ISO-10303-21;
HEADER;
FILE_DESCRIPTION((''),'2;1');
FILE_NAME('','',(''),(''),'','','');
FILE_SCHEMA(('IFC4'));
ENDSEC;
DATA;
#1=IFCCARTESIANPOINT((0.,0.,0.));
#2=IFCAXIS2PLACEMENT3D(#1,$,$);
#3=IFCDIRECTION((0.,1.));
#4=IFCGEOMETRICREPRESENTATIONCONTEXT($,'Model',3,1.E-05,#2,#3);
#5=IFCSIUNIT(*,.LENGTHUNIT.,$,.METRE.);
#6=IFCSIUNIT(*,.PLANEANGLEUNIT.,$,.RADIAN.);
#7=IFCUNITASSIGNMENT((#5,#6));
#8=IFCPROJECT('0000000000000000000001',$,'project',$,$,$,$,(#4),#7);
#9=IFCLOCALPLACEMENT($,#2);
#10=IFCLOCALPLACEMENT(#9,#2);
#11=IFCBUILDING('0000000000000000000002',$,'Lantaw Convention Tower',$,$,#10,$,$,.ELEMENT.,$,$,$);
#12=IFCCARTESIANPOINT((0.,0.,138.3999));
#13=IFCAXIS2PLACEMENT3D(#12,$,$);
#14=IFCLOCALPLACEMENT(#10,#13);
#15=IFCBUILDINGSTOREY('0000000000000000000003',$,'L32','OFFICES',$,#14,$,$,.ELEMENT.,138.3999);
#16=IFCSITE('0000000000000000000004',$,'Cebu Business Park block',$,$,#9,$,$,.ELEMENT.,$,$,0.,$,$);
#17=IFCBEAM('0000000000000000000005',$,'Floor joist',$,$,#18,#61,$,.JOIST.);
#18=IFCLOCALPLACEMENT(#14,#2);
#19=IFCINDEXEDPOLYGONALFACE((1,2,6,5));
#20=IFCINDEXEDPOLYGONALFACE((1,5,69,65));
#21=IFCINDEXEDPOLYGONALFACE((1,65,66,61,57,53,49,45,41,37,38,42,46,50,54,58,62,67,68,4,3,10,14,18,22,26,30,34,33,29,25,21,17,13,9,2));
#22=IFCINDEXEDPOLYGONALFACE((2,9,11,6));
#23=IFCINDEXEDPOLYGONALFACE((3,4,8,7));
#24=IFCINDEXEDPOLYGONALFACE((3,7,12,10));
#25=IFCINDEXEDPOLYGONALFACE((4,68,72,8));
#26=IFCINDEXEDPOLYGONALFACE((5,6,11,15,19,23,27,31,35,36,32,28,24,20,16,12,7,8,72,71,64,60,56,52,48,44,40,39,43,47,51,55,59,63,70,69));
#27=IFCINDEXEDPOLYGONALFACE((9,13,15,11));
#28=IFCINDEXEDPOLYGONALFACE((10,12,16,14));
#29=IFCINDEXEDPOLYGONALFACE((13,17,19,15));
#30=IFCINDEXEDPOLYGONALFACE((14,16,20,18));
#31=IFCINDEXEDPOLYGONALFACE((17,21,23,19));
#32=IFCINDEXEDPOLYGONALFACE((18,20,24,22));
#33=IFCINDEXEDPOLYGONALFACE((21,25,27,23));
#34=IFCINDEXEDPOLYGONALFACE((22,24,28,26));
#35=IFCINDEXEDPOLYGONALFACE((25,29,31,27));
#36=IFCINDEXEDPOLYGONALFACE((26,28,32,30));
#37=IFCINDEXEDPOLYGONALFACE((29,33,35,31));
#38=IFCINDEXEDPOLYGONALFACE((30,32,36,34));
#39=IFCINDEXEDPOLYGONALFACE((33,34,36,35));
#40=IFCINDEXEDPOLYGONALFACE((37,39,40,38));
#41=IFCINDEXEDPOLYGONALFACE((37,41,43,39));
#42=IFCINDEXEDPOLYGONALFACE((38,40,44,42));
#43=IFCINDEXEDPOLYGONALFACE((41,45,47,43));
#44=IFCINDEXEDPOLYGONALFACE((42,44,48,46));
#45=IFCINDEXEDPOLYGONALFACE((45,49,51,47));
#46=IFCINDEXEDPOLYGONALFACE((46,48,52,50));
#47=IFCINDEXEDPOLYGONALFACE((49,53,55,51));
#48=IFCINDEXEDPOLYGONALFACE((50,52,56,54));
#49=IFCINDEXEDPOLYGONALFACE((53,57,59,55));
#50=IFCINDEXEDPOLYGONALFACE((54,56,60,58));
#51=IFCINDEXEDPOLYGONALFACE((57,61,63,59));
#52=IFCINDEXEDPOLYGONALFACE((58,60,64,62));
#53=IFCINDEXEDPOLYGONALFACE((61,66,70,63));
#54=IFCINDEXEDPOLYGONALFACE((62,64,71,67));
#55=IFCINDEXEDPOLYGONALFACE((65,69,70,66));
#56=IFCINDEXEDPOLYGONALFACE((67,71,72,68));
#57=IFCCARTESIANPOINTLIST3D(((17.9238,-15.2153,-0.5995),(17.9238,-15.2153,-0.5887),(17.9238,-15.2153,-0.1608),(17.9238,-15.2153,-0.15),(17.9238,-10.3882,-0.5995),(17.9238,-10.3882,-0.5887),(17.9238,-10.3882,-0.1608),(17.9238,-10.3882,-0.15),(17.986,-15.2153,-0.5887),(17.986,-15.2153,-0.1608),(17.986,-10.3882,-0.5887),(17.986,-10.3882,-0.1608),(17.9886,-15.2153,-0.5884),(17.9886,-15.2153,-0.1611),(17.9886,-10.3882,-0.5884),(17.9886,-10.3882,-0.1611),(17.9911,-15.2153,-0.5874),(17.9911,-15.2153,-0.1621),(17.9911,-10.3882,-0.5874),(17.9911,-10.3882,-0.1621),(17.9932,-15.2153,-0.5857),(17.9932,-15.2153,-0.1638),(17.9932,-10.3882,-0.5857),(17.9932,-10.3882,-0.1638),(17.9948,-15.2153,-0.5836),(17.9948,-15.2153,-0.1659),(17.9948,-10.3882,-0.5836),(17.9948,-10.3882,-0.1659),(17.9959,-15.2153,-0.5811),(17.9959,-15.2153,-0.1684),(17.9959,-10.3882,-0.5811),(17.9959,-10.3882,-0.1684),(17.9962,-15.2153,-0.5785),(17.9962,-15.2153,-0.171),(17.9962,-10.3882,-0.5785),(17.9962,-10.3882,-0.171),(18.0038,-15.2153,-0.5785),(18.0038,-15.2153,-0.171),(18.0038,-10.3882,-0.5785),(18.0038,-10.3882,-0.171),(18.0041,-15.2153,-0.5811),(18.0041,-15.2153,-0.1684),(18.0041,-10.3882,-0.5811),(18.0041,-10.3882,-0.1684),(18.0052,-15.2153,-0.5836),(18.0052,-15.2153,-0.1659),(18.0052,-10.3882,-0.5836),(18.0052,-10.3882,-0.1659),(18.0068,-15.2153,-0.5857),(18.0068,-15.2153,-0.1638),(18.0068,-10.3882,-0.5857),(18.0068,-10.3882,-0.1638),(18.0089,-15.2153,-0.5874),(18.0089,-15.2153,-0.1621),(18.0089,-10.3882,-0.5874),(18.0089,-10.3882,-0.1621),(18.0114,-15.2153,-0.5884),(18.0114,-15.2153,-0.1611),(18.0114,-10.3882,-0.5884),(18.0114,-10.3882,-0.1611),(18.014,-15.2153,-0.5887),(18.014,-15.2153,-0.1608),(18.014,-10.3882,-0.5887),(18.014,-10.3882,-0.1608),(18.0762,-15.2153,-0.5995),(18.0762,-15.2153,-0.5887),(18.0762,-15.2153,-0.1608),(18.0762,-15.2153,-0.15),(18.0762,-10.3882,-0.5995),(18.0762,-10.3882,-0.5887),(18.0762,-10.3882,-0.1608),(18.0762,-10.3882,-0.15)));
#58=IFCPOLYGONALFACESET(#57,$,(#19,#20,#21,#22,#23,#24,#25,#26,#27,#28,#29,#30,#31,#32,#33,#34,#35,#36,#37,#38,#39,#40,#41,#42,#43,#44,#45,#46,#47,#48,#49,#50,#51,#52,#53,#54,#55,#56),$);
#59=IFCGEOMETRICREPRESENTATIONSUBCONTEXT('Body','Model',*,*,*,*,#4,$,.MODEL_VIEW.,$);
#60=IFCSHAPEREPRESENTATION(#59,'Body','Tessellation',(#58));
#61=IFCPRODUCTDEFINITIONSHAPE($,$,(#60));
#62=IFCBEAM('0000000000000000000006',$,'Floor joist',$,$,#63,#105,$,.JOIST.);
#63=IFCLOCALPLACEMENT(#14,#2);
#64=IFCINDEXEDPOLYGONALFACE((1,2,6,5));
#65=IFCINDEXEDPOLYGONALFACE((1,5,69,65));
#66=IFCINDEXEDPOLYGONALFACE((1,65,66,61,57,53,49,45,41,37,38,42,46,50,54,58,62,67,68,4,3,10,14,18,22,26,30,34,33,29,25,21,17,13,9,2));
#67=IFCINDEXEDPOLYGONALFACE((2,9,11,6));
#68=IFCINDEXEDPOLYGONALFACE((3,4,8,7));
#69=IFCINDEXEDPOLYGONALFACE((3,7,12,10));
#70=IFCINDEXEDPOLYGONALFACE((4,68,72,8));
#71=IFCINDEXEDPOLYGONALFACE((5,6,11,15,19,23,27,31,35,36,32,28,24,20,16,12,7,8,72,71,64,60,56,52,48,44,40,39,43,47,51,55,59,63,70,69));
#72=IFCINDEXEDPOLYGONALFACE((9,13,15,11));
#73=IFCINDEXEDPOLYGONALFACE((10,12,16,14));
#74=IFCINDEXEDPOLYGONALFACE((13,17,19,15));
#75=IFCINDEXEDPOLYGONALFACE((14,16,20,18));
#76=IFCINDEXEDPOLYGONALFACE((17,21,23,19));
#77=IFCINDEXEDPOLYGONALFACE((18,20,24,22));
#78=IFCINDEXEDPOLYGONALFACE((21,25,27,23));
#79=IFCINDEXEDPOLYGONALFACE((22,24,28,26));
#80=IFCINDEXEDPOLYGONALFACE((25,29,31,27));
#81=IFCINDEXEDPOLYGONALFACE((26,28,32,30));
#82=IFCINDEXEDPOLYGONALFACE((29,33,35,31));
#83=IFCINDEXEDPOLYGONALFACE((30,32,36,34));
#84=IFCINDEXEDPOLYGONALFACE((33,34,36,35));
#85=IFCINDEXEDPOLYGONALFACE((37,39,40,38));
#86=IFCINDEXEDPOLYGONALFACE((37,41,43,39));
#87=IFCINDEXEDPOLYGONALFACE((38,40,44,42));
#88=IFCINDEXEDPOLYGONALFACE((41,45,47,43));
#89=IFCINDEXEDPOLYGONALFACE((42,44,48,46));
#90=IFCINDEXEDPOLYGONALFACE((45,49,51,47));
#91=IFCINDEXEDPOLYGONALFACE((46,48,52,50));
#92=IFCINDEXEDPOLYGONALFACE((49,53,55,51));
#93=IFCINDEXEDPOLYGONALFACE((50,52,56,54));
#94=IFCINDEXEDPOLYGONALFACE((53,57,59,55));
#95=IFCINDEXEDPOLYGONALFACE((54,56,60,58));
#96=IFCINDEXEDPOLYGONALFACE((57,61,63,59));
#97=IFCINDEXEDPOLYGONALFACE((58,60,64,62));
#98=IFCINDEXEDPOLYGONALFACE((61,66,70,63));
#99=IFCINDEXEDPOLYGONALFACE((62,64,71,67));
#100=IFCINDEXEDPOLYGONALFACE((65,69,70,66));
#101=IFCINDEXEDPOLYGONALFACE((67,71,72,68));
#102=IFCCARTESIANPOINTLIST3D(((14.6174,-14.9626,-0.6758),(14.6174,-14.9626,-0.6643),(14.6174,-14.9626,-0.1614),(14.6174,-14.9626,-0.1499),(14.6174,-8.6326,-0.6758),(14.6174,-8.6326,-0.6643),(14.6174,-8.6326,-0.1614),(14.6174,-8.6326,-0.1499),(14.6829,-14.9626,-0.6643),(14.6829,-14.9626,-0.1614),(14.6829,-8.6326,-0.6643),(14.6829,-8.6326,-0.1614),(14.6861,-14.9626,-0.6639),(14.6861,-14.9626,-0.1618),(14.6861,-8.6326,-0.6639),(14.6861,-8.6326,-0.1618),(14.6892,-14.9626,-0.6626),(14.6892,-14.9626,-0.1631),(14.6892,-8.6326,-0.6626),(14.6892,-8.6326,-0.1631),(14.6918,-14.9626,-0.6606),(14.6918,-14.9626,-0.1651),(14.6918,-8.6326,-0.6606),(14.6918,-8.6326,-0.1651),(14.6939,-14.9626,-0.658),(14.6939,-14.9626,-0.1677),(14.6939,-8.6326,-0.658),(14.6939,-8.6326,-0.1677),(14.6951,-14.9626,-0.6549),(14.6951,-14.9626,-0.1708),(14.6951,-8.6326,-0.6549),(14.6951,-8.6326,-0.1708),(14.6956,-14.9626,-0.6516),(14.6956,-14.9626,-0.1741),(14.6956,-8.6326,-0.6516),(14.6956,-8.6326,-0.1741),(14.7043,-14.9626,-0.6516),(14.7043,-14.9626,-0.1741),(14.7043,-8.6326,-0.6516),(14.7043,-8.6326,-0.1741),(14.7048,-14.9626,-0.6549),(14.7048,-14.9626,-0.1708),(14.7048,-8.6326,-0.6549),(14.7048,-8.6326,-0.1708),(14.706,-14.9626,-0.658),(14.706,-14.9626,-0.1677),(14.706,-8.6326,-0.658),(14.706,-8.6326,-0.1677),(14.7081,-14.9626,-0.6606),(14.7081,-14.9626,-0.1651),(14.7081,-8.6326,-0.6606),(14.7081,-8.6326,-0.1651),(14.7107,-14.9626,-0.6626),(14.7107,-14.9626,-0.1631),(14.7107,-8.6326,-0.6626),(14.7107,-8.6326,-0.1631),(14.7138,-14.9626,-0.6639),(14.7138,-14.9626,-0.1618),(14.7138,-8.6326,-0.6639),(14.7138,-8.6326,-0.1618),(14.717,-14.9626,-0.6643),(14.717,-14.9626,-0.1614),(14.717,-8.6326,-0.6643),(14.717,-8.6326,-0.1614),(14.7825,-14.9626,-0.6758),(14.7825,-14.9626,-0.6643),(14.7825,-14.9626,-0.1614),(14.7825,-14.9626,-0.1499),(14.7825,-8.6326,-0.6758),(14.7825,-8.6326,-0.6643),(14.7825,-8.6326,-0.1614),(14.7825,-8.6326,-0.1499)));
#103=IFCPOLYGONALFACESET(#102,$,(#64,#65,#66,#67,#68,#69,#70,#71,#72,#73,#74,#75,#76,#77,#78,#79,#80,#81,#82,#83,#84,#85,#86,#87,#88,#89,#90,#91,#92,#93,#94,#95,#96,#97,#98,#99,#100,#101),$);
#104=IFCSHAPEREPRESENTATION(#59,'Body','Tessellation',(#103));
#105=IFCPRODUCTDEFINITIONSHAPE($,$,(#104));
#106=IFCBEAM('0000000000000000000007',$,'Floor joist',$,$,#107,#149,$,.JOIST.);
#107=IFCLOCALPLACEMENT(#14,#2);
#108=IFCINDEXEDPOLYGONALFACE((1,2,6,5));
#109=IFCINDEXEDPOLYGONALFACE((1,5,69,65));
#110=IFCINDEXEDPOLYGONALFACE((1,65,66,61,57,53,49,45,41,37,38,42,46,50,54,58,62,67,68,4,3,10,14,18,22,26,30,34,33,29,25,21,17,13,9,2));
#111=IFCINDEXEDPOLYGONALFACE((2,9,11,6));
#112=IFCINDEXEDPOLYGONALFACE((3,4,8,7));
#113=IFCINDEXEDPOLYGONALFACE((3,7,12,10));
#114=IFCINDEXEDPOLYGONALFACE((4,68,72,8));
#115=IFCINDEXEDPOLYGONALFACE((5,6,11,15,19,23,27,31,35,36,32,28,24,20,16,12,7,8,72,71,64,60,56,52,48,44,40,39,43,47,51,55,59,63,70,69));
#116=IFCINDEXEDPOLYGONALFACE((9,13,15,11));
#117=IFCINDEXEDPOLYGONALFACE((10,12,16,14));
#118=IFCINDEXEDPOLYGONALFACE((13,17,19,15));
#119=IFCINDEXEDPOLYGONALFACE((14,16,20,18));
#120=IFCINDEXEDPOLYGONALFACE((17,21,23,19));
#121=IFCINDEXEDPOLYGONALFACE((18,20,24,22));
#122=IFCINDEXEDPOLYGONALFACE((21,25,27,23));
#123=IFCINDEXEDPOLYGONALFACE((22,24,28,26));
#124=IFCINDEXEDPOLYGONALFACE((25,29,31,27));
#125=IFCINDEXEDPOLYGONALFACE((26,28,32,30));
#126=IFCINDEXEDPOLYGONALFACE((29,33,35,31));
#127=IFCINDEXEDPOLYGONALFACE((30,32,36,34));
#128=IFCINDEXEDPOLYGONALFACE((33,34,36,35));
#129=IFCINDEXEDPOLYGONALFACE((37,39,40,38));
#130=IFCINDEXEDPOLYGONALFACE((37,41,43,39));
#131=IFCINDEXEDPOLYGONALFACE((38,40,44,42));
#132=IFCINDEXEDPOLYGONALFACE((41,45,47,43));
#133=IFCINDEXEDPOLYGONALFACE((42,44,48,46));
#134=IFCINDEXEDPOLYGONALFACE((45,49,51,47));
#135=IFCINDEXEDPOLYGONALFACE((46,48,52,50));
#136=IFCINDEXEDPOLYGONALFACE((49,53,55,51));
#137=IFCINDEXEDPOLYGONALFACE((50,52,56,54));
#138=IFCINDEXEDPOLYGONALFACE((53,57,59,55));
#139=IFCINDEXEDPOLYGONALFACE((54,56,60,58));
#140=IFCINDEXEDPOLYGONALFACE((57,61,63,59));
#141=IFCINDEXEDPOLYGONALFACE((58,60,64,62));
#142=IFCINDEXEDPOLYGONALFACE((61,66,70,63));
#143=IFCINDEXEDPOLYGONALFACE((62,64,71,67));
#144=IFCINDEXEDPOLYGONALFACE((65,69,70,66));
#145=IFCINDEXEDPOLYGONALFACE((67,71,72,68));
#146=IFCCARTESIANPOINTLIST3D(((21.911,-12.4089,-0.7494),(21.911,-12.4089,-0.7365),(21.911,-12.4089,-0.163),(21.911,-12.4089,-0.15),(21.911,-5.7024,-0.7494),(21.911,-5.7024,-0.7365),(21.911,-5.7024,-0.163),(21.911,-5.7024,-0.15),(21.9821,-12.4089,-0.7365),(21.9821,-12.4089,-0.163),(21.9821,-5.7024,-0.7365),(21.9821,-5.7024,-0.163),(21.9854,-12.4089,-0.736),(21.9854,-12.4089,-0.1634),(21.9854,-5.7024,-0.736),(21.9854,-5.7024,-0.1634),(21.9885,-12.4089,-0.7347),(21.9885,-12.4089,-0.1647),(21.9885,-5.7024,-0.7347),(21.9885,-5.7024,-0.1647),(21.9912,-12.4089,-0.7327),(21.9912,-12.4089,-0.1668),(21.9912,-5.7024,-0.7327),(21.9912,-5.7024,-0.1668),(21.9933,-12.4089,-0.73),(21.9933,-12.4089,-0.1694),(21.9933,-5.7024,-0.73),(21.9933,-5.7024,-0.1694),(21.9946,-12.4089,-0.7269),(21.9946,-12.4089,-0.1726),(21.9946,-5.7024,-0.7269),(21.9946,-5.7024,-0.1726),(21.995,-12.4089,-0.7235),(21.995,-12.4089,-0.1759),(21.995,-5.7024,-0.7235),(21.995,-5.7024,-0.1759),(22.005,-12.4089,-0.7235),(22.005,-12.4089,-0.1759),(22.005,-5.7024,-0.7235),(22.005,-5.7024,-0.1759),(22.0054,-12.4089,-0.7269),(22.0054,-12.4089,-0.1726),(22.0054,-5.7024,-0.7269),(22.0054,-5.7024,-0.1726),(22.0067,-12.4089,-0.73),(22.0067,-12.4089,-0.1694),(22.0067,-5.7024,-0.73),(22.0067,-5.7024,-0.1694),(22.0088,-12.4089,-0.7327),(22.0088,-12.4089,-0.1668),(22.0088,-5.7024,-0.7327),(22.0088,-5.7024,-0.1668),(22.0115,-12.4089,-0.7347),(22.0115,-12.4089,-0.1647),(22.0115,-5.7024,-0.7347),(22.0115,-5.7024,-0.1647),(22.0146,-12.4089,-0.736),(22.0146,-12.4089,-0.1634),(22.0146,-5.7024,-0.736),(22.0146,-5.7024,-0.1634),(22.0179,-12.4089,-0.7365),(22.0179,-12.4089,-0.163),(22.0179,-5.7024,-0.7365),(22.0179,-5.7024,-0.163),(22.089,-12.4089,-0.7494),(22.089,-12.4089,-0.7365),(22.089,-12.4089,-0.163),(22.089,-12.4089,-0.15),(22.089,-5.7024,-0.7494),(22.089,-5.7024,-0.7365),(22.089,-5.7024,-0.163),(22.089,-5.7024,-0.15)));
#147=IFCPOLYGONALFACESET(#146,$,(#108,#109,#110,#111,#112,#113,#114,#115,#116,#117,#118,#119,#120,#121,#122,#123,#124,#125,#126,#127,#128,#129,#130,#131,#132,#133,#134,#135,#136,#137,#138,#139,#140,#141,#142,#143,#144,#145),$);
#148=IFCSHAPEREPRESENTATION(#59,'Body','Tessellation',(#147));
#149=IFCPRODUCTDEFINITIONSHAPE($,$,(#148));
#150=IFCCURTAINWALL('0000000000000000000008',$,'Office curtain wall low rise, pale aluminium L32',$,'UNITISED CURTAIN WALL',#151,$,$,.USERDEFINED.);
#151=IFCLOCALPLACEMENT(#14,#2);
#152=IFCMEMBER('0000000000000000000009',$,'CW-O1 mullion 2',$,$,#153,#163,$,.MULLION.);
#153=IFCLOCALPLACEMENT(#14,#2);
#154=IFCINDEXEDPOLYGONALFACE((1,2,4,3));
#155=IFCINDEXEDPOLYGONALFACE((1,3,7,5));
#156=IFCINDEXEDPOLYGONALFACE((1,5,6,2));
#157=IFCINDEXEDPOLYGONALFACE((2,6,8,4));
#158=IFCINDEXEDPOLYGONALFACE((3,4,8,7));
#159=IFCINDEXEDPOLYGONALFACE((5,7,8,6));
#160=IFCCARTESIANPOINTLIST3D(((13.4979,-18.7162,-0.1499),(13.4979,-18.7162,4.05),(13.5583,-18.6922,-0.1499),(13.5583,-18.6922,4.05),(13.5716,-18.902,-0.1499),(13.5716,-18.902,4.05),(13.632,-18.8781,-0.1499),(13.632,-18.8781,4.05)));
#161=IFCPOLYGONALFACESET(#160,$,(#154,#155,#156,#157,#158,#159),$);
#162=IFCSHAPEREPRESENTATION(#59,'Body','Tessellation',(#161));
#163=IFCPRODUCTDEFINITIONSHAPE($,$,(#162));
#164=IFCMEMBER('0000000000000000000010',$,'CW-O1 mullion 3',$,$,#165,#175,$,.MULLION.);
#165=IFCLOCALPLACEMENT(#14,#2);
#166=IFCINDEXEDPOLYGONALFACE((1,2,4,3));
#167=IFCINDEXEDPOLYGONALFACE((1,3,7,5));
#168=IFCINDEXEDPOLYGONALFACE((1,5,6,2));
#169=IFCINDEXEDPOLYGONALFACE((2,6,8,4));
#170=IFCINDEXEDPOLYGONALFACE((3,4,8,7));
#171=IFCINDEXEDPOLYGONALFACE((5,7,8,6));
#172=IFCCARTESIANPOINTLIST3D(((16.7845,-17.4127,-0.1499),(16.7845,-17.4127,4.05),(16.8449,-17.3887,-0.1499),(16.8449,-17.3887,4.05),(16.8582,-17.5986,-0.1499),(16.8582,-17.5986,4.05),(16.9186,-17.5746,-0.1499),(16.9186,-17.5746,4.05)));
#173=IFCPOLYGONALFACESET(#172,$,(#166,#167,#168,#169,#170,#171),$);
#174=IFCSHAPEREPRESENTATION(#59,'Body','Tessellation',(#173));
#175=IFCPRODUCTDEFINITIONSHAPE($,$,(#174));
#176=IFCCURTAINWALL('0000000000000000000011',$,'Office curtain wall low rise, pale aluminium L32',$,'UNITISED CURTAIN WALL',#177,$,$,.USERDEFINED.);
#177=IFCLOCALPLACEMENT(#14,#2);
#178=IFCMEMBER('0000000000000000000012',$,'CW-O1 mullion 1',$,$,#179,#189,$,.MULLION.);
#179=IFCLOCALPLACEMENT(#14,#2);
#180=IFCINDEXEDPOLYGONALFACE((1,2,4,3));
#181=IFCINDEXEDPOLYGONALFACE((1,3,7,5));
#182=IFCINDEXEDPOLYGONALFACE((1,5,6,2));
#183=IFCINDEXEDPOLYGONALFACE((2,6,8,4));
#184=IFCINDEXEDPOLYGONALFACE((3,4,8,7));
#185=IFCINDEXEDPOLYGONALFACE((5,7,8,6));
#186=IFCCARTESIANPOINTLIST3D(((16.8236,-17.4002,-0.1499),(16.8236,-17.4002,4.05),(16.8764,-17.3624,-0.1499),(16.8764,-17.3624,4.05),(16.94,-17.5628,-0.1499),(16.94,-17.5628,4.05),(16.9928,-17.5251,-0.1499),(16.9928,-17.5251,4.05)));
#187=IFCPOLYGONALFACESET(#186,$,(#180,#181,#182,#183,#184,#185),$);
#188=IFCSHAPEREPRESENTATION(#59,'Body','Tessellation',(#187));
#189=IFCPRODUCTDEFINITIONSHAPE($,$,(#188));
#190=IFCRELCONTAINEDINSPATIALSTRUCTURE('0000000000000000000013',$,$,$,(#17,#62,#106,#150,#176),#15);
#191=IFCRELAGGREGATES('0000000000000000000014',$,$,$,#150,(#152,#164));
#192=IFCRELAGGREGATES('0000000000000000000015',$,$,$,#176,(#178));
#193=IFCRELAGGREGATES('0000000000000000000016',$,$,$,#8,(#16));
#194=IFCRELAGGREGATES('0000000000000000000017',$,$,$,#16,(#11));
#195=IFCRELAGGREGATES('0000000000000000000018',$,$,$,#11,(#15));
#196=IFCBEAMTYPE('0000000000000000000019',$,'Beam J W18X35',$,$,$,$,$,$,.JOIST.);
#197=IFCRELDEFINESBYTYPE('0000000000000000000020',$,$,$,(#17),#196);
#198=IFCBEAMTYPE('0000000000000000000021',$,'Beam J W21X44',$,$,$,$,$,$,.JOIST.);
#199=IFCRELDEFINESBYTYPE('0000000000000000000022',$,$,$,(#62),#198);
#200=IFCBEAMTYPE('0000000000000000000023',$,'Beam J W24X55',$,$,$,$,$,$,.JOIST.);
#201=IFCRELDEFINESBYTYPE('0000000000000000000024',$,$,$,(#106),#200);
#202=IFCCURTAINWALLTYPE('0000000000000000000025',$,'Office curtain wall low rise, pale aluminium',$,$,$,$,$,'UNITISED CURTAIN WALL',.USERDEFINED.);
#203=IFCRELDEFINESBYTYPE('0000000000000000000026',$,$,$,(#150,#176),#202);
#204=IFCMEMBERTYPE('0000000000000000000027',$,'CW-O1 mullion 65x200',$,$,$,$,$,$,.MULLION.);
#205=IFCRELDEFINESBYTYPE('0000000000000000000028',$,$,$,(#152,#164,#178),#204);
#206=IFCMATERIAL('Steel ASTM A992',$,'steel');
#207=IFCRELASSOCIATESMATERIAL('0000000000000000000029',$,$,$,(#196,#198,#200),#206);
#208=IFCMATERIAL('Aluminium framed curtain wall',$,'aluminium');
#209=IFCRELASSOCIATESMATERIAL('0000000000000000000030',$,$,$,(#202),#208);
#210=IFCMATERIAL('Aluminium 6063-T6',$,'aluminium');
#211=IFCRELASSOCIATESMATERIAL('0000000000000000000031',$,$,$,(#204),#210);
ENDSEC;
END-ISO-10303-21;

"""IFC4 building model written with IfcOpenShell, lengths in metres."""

from ifc_helpers import new_model, si_unit, direction, frame, origin, origin_2d, place, context, subcontext, project, spatial, rectangle, i_section, extrude, material, material_profile, profile_set, type_object, element, aggregate, save


model = new_model("IFC4")

# Units and contexts
model_context = context("Model", 3, precision=1e-05, world=origin(), true_north=direction((0.0, 1.0)))
body_context = subcontext(model_context, "Body", "Model", "MODEL_VIEW")
ifc_project = project(units=[si_unit("LENGTHUNIT", "METRE"), si_unit("PLANEANGLEUNIT", "RADIAN")], contexts=[model_context])

# Site, building, storey
site_placement = place(None, origin())
site = spatial("IfcSite", under=ifc_project, at=site_placement, Name="Cebu Business Park block", CompositionType="ELEMENT", RefElevation=0.0)
building_placement = place(site_placement, origin())
building = spatial("IfcBuilding", under=site, at=building_placement, Name="Lantaw Convention Tower", CompositionType="ELEMENT")
storey_placement = place(building_placement, frame((0.0, 0.0, 138.3999)))
storey = spatial("IfcBuildingStorey", under=building, at=storey_placement, Name="L32", Description="OFFICES", CompositionType="ELEMENT", Elevation=138.3999)

# Beams
ifc_material_1 = material(Name="Steel ASTM A992", Category="steel")
ifc_material_profile_1 = material_profile(ifc_material_1, i_section(OverallWidth=0.1523, OverallDepth=0.4495, WebThickness=0.0076, FlangeThickness=0.0107, FilletRadius=0.0103, at=origin_2d()), Name="W18X35")
ifc_profile_set_1 = profile_set([ifc_material_profile_1], Name="Steel ASTM A992")
beam_type_1 = type_object("IfcBeamType", Name="Beam J W18X35", PredefinedType="JOIST", material=ifc_profile_set_1)
beam_1_placement = place(storey_placement, frame((18.0, -15.2153, -0.3748), z_axis=(0.0, 1.0, 0.0), x_axis=(-1.0, 0.0, 0.0)))
element("IfcBeam", 1, at=beam_1_placement, inside=storey, type_object=beam_type_1, Name="Floor joist", PredefinedType="JOIST", context=body_context, shape_type="SweptSolid", body=[
    extrude(i_section(OverallWidth=0.1523, OverallDepth=0.4495, WebThickness=0.0076, FlangeThickness=0.0107, FilletRadius=0.0103, at=origin_2d()), origin(), (0.0, 0.0, 1.0), 4.8271),
])
ifc_material_profile_2 = material_profile(ifc_material_1, i_section(OverallWidth=0.165, OverallDepth=0.5259, WebThickness=0.0088, FlangeThickness=0.0115, FilletRadius=0.0127, at=origin_2d()), Name="W21X44")
ifc_profile_set_2 = profile_set([ifc_material_profile_2], Name="Steel ASTM A992")
beam_type_2 = type_object("IfcBeamType", Name="Beam J W21X44", PredefinedType="JOIST", material=ifc_profile_set_2)
beam_2_placement = place(storey_placement, frame((14.7, -14.9626, -0.4128), z_axis=(0.0, 1.0, 0.0), x_axis=(-1.0, 0.0, 0.0)))
element("IfcBeam", 2, at=beam_2_placement, inside=storey, type_object=beam_type_2, Name="Floor joist", PredefinedType="JOIST", context=body_context, shape_type="SweptSolid", body=[
    extrude(i_section(OverallWidth=0.165, OverallDepth=0.5259, WebThickness=0.0088, FlangeThickness=0.0115, FilletRadius=0.0127, at=origin_2d()), origin(), (0.0, 0.0, 1.0), 6.3301),
])
ifc_material_profile_3 = material_profile(ifc_material_1, i_section(OverallWidth=0.178, OverallDepth=0.5994, WebThickness=0.01, FlangeThickness=0.0129, FilletRadius=0.0129, at=origin_2d()), Name="W24X55")
ifc_profile_set_3 = profile_set([ifc_material_profile_3], Name="Steel ASTM A992")
beam_type_3 = type_object("IfcBeamType", Name="Beam J W24X55", PredefinedType="JOIST", material=ifc_profile_set_3)
beam_3_placement = place(storey_placement, frame((22.0, -12.4089, -0.4497), z_axis=(0.0, 1.0, 0.0), x_axis=(-1.0, 0.0, 0.0)))
element("IfcBeam", 3, at=beam_3_placement, inside=storey, type_object=beam_type_3, Name="Floor joist", PredefinedType="JOIST", context=body_context, shape_type="SweptSolid", body=[
    extrude(i_section(OverallWidth=0.178, OverallDepth=0.5994, WebThickness=0.01, FlangeThickness=0.0129, FilletRadius=0.0129, at=origin_2d()), origin(), (0.0, 0.0, 1.0), 6.7065),
])

# Curtain walls, members
ifc_material_2 = material(Name="Aluminium framed curtain wall", Category="aluminium")
curtain_wall_type = type_object("IfcCurtainWallType", Name="Office curtain wall low rise, pale aluminium", ElementType="UNITISED CURTAIN WALL", PredefinedType="USERDEFINED", material=ifc_material_2)
curtain_wall_1_placement = place(storey_placement, origin())
curtain_wall_1 = element("IfcCurtainWall", 4, at=curtain_wall_1_placement, inside=storey, type_object=curtain_wall_type, Name="Office curtain wall low rise, pale aluminium L32", ObjectType="UNITISED CURTAIN WALL", PredefinedType="USERDEFINED")
ifc_material_3 = material(Name="Aluminium 6063-T6", Category="aluminium")
ifc_material_profile_4 = material_profile(ifc_material_3, rectangle(XDim=0.2, YDim=0.0649, at=origin_2d()), Name="CW-O1 mullion 65x200")
ifc_profile_set_4 = profile_set([ifc_material_profile_4], Name="Aluminium 6063-T6")
member_type_1 = type_object("IfcMemberType", Name="CW-O1 mullion 65x200", PredefinedType="MULLION", material=ifc_profile_set_4)
member_1_placement = place(storey_placement, frame((13.5649, -18.7971, -0.1499), z_axis=(0.0, 0.0, 1.0), x_axis=(-0.368702, 0.929548, 0.0)))
member_1 = element("IfcMember", 5, at=member_1_placement, type_object=member_type_1, Name="CW-O1 mullion 2", PredefinedType="MULLION", context=body_context, shape_type="SweptSolid", body=[
    extrude(rectangle(XDim=0.2, YDim=0.0649, at=origin_2d()), origin(), (0.0, 0.0, 1.0), 4.2),
])
member_2_placement = place(storey_placement, frame((16.8516, -17.4937, -0.1499), z_axis=(0.0, 0.0, 1.0), x_axis=(-0.368702, 0.929548, 0.0)))
member_2 = element("IfcMember", 6, at=member_2_placement, type_object=member_type_1, Name="CW-O1 mullion 3", PredefinedType="MULLION", context=body_context, shape_type="SweptSolid", body=[
    extrude(rectangle(XDim=0.2, YDim=0.0649, at=origin_2d()), origin(), (0.0, 0.0, 1.0), 4.2),
])
curtain_wall_2_placement = place(storey_placement, origin())
curtain_wall_2 = element("IfcCurtainWall", 7, at=curtain_wall_2_placement, inside=storey, type_object=curtain_wall_type, Name="Office curtain wall low rise, pale aluminium L32", ObjectType="UNITISED CURTAIN WALL", PredefinedType="USERDEFINED")
member_3_placement = place(storey_placement, frame((16.9082, -17.4626, -0.1499), z_axis=(0.0, 0.0, 1.0), x_axis=(-0.581973, 0.813208, 0.0)))
member_3 = element("IfcMember", 8, at=member_3_placement, type_object=member_type_1, Name="CW-O1 mullion 1", PredefinedType="MULLION", context=body_context, shape_type="SweptSolid", body=[
    extrude(rectangle(XDim=0.2, YDim=0.0649, at=origin_2d()), origin(), (0.0, 0.0, 1.0), 4.2),
])

aggregate(curtain_wall_1, [member_1, member_2])
aggregate(curtain_wall_2, [member_3])

save(model, "model.ifc")
